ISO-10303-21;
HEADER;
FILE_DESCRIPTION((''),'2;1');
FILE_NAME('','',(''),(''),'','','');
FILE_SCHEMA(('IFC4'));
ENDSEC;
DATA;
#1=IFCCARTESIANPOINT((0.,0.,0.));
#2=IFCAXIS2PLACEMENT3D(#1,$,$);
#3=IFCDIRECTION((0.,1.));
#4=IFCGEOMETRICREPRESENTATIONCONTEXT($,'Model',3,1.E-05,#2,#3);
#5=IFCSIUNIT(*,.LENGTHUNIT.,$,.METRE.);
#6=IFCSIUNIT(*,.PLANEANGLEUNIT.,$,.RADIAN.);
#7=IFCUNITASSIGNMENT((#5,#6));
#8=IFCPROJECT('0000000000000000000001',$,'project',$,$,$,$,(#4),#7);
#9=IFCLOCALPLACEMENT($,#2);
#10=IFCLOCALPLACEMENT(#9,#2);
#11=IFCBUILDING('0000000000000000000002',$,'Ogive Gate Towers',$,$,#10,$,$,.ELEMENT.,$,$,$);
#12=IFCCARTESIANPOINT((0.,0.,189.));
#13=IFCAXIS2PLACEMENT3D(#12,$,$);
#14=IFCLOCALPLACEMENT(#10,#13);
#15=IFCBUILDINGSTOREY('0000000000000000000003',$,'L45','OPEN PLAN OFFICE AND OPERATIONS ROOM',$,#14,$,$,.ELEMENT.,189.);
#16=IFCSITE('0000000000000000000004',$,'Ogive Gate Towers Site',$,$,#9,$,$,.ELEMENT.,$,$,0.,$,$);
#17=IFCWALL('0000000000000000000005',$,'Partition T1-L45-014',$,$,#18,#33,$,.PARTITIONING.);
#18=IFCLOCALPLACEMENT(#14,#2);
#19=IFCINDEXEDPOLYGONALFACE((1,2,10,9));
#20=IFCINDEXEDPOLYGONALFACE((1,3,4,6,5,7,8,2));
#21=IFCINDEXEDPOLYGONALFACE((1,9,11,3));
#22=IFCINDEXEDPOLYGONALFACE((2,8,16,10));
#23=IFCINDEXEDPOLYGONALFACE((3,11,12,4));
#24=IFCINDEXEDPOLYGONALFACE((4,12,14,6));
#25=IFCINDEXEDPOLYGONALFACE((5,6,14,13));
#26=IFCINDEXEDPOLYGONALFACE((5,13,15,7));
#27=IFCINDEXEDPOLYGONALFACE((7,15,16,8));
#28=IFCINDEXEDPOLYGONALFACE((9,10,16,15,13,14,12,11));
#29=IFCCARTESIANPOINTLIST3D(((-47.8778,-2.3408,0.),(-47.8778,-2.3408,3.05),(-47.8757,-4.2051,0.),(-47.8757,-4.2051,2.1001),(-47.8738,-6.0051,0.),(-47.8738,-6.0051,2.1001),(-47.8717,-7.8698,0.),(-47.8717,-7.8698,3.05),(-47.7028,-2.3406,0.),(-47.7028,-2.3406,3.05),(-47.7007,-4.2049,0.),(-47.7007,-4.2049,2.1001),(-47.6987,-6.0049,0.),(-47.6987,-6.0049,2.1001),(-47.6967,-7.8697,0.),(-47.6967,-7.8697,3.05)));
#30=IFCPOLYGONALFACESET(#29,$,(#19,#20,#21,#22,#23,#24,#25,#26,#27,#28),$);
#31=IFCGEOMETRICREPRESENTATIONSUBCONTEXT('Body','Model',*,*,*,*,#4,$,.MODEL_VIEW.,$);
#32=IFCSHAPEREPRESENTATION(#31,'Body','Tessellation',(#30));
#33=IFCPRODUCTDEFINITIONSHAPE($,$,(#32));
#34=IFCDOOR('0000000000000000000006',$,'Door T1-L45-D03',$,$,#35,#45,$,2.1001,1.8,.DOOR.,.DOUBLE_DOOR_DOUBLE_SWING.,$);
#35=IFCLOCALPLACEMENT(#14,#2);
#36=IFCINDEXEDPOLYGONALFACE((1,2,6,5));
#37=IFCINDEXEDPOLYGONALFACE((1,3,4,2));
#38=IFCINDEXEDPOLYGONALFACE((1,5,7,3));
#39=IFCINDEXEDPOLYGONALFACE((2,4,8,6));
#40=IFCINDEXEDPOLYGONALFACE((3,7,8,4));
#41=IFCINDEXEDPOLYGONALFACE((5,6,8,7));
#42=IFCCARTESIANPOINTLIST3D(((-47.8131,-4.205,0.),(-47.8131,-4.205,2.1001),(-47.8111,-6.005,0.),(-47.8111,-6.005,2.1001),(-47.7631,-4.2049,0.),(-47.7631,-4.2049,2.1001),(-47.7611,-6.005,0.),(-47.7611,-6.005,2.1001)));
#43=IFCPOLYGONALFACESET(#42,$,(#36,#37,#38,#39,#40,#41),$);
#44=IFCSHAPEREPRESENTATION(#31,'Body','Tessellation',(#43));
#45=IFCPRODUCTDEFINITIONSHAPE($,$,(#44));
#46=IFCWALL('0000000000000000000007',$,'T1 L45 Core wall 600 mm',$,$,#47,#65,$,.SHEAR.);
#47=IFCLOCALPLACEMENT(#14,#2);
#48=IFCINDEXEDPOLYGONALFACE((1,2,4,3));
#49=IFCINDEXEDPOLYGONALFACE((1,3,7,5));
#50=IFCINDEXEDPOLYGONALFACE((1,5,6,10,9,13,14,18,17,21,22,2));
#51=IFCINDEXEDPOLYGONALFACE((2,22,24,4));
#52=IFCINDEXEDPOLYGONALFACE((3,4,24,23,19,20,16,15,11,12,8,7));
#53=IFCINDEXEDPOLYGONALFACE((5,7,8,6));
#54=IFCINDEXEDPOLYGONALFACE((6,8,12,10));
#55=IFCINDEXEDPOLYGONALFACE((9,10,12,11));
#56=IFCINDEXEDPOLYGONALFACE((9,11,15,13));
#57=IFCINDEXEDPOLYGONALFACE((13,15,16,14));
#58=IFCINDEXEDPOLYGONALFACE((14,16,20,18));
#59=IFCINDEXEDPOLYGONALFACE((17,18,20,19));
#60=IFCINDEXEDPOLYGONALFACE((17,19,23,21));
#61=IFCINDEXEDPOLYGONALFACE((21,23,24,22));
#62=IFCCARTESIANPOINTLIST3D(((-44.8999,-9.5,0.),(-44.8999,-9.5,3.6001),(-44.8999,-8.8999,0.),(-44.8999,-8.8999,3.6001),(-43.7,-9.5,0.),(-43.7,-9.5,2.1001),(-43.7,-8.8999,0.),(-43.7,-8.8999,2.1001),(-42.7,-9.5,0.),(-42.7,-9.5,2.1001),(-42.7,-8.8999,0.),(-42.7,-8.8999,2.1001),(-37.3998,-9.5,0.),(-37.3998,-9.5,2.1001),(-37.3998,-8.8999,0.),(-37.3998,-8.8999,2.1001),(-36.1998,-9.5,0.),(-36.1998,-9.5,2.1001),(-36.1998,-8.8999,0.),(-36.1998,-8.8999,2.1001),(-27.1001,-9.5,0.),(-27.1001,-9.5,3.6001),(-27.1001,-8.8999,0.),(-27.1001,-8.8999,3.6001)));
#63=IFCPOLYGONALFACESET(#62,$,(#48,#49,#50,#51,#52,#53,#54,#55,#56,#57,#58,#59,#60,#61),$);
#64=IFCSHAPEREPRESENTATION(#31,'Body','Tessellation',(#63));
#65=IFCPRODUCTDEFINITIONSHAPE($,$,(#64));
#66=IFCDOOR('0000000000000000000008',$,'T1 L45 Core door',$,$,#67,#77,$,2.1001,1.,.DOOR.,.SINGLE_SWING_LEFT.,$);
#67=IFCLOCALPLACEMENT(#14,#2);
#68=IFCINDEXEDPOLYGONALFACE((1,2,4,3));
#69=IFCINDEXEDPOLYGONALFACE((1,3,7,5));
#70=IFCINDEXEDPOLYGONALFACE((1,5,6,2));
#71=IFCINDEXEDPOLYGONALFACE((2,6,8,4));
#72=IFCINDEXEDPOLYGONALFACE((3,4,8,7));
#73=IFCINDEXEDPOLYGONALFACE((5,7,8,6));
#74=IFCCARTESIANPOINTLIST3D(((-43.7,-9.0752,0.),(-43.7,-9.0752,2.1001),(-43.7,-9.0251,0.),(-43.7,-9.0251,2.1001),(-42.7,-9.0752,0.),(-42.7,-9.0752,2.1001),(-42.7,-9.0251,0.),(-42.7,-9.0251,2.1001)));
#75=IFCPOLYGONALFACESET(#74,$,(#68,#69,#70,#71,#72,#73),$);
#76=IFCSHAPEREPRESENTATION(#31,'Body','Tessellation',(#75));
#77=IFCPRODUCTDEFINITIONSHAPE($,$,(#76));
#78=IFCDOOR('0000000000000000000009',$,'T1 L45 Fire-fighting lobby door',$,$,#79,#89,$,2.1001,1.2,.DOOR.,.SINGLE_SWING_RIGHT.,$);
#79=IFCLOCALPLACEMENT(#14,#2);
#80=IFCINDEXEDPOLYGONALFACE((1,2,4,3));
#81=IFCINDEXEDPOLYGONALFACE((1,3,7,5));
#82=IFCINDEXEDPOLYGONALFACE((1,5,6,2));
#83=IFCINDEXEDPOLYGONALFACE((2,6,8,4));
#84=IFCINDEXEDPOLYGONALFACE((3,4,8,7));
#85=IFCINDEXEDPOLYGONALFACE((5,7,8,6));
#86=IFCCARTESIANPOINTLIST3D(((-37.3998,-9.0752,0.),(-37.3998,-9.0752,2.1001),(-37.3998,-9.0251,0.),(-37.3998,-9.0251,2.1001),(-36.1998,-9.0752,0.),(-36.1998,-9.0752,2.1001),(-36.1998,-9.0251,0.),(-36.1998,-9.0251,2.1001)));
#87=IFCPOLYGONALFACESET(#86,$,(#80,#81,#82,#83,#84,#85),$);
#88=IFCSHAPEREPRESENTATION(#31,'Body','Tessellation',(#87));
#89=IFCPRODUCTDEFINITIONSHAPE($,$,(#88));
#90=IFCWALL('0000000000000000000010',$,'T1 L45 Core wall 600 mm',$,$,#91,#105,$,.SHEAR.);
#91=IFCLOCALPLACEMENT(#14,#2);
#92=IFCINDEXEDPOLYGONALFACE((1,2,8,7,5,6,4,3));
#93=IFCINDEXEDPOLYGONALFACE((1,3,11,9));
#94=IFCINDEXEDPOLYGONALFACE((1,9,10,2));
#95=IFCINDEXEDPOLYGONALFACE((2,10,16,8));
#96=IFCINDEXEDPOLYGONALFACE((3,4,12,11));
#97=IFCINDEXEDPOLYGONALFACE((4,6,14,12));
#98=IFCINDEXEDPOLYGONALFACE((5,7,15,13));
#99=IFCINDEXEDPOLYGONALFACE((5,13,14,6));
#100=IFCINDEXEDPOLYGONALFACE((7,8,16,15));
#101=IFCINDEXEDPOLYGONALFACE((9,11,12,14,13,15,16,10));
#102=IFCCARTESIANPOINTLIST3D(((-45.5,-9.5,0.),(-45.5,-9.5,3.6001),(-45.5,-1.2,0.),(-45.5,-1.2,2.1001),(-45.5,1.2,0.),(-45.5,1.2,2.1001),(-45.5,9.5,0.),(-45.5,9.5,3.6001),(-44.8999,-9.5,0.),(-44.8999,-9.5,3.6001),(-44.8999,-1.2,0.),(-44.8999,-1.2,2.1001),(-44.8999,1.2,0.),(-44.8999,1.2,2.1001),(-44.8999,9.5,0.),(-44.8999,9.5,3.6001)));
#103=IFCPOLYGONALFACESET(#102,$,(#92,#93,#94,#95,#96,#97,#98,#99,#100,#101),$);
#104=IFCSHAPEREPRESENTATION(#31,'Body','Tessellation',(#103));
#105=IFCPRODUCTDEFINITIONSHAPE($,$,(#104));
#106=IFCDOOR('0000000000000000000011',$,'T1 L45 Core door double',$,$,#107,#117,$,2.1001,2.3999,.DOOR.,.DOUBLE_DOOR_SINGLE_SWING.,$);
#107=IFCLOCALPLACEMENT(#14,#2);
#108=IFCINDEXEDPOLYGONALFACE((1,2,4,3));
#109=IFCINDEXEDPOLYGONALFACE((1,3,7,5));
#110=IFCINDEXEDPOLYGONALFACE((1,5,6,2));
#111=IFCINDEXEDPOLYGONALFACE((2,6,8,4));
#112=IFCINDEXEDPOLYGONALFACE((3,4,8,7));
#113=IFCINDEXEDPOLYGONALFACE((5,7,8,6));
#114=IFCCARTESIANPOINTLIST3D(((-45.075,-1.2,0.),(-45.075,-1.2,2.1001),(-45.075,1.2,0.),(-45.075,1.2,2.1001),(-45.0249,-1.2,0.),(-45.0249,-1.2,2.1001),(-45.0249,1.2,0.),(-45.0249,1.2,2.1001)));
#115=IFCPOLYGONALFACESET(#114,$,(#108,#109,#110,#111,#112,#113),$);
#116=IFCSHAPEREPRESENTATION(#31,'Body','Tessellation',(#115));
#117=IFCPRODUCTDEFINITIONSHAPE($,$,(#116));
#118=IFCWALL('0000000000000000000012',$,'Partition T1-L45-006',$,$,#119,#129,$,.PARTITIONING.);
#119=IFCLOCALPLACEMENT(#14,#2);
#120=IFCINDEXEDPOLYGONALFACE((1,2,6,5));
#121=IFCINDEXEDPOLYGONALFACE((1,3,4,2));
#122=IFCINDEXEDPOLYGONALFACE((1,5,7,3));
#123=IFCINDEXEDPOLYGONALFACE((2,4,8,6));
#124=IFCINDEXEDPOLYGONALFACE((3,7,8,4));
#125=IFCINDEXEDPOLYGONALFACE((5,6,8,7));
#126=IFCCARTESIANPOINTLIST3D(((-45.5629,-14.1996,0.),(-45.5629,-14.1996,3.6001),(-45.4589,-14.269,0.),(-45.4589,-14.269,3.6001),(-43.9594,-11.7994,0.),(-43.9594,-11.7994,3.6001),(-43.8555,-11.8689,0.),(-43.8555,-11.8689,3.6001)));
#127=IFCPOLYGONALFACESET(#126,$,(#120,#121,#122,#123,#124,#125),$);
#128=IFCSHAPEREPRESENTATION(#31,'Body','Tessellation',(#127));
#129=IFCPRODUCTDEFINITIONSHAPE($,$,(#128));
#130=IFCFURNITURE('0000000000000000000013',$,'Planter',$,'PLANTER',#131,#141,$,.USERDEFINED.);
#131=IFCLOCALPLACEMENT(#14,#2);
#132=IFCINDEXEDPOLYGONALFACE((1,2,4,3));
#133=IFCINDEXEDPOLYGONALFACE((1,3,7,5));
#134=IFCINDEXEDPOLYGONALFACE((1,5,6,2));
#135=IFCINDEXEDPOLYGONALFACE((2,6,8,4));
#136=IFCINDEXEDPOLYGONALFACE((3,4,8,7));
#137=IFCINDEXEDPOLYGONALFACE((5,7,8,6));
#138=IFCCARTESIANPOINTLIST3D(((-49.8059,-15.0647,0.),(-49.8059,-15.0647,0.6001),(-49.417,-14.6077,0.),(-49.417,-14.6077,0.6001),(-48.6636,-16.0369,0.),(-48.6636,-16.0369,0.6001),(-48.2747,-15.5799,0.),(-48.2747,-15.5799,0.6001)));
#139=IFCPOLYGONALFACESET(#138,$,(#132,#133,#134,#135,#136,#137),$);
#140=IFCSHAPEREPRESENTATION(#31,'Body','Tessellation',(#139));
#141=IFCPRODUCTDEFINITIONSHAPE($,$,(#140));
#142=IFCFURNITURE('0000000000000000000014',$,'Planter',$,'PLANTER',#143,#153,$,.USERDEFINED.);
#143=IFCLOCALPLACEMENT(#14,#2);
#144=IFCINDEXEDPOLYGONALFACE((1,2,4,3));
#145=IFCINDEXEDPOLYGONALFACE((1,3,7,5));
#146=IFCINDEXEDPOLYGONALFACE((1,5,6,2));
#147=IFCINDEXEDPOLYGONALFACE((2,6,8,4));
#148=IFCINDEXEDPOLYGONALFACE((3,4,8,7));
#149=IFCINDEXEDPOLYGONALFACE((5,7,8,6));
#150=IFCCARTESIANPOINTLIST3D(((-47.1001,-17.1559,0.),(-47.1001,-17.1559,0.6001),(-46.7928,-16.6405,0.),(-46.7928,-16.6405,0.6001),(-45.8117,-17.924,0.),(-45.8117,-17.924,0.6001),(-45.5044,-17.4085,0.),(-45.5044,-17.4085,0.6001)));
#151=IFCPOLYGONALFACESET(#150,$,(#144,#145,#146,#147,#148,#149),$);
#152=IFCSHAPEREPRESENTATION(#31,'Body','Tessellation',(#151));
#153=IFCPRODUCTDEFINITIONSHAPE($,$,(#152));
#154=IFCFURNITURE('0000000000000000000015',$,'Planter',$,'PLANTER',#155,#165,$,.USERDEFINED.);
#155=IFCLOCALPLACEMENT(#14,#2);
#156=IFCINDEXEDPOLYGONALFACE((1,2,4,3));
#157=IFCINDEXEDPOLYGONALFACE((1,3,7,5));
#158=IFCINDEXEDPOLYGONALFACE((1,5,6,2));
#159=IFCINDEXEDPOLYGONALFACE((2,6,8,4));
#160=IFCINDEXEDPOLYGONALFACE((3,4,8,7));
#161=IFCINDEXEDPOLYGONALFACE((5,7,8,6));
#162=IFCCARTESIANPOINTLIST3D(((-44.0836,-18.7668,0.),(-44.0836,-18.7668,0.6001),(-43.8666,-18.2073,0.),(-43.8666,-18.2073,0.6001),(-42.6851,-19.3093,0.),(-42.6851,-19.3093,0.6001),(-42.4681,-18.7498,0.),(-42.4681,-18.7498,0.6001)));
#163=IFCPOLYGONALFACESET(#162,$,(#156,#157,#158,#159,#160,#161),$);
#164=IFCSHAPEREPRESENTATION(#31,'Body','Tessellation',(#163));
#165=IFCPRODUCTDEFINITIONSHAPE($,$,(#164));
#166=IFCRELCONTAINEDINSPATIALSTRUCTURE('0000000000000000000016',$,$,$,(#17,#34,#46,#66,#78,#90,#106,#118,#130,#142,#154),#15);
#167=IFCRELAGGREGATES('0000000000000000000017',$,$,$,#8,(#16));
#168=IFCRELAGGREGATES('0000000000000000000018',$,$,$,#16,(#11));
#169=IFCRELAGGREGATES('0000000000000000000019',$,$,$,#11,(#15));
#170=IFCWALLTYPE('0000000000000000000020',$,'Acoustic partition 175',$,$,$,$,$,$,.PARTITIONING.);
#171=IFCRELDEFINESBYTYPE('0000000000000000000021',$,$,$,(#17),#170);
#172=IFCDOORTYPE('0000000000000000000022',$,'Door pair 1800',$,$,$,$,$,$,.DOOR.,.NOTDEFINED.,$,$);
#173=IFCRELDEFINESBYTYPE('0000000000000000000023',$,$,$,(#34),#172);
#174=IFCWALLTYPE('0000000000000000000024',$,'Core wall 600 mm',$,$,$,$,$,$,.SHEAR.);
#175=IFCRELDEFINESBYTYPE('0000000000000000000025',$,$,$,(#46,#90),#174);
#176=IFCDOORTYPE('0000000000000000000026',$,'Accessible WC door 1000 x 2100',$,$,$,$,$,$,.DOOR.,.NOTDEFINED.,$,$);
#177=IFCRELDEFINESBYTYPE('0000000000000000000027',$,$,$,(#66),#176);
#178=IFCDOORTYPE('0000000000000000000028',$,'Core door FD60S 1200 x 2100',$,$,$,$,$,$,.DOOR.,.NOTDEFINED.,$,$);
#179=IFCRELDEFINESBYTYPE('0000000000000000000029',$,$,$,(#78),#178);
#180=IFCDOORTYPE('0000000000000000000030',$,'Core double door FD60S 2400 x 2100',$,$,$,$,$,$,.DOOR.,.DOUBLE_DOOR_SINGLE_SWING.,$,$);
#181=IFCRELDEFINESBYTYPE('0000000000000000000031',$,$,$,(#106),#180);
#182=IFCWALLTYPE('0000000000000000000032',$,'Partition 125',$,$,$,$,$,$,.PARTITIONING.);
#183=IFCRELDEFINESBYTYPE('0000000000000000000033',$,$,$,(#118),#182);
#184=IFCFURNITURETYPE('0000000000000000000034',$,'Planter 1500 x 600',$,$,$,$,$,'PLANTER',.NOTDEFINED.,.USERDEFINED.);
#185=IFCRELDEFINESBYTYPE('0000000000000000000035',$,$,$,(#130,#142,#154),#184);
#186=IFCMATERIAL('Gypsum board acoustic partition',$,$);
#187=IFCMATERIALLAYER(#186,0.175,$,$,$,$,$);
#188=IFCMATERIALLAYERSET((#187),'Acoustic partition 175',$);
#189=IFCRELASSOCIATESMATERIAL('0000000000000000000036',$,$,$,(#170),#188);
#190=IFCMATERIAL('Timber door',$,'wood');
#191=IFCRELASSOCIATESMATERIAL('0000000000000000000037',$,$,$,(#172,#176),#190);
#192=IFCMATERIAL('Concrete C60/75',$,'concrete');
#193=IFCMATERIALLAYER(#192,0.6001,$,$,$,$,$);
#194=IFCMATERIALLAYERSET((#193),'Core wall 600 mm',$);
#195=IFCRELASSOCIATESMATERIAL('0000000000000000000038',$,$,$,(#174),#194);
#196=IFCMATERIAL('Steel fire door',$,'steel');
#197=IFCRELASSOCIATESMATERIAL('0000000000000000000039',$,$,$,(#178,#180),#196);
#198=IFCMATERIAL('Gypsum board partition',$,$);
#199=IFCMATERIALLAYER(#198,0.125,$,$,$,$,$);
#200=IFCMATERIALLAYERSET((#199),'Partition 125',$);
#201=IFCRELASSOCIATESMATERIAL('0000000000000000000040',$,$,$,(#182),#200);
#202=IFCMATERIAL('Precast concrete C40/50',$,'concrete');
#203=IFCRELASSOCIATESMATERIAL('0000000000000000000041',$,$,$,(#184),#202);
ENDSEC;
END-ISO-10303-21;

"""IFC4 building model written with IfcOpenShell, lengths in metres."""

from ifc_helpers import new_model, si_unit, direction, frame, frame_2d, origin, origin_2d, place, context, subcontext, project, spatial, rectangle, extrude, material, layer, layer_set, type_object, element, fill, save


model = new_model("IFC4")

# Units and contexts
model_context = context("Model", 3, precision=1e-05, world=origin(), true_north=direction((0.0, 1.0)))
body_context = subcontext(model_context, "Body", "Model", "MODEL_VIEW")
ifc_project = project(units=[si_unit("LENGTHUNIT", "METRE"), si_unit("PLANEANGLEUNIT", "RADIAN")], contexts=[model_context])

# Site, building, storey
site_placement = place(None, origin())
site = spatial("IfcSite", under=ifc_project, at=site_placement, Name="Ogive Gate Towers Site", CompositionType="ELEMENT", RefElevation=0.0)
building_placement = place(site_placement, origin())
building = spatial("IfcBuilding", under=site, at=building_placement, Name="Ogive Gate Towers", CompositionType="ELEMENT")
storey_placement = place(building_placement, frame((0.0, 0.0, 189.0)))
storey = spatial("IfcBuildingStorey", under=building, at=storey_placement, Name="L45", Description="OPEN PLAN OFFICE AND OPERATIONS ROOM", CompositionType="ELEMENT", Elevation=189.0)

# Wall, opening, door
ifc_material_1 = material(Name="Gypsum board acoustic partition")
ifc_layer_1 = layer(ifc_material_1, 0.175)
ifc_layer_set_1 = layer_set([ifc_layer_1], Name="Acoustic partition 175")
wall_type_1 = type_object("IfcWallType", Name="Acoustic partition 175", PredefinedType="PARTITIONING", material=ifc_layer_set_1)
wall_1_placement = place(storey_placement, frame((-47.7842, -7.8699, 0.0), z_axis=(0.0, 0.0, 1.0), x_axis=(-0.001104, 0.999999, 0.0)))
wall_1 = element("IfcWall", 1, at=wall_1_placement, inside=storey, type_object=wall_type_1, Name="Partition T1-L45-014", PredefinedType="PARTITIONING", context=body_context, shape_type="SweptSolid", body=[
    extrude(rectangle(XDim=5.5291, YDim=0.175, at=frame_2d((2.7646, 0.0))), origin(), (0.0, 0.0, 1.0), 3.05),
])
opening_1_placement = place(wall_1_placement, frame((1.865, 0.0, 0.0)))
opening_1 = element("IfcOpeningElement", 2, at=opening_1_placement, cuts=wall_1, PredefinedType="OPENING", context=body_context, shape_type="SweptSolid", body=[
    extrude(rectangle(XDim=1.8, YDim=2.1001, at=frame_2d((0.8999, 1.05))), frame((0.0, 0.0977, 0.0), z_axis=(0.0, -1.0, 0.0), x_axis=(1.0, 0.0, 0.0)), (0.0, 0.0, 1.0), 0.1951),
])
ifc_material_2 = material(Name="Timber door", Category="wood")
door_type_1 = type_object("IfcDoorType", Name="Door pair 1800", OperationType="NOTDEFINED", PredefinedType="DOOR", material=ifc_material_2)
door_1_placement = place(opening_1_placement, origin())
door_1 = element("IfcDoor", 3, at=door_1_placement, inside=storey, type_object=door_type_1, Name="Door T1-L45-D03", OperationType="DOUBLE_DOOR_DOUBLE_SWING", OverallHeight=2.1001, OverallWidth=1.8, PredefinedType="DOOR", context=body_context, shape_type="SweptSolid", body=[
    extrude(rectangle(XDim=1.8, YDim=2.1001, at=frame_2d((0.8999, 1.05))), frame((0.0, 0.0249, 0.0), z_axis=(0.0, -1.0, 0.0), x_axis=(1.0, 0.0, 0.0)), (0.0, 0.0, 1.0), 0.05),
])
fill(opening_1, door_1)

# Wall, openings, doors
ifc_material_3 = material(Name="Concrete C60/75", Category="concrete")
ifc_layer_2 = layer(ifc_material_3, 0.6001)
ifc_layer_set_2 = layer_set([ifc_layer_2], Name="Core wall 600 mm")
wall_type_2 = type_object("IfcWallType", Name="Core wall 600 mm", PredefinedType="SHEAR", material=ifc_layer_set_2)
wall_2_placement = place(storey_placement, frame((-44.8999, -9.2, 0.0), z_axis=(0.0, 0.0, 1.0), x_axis=(1.0, 0.0, 0.0)))
wall_2 = element("IfcWall", 4, at=wall_2_placement, inside=storey, type_object=wall_type_2, Name="T1 L45 Core wall 600 mm", PredefinedType="SHEAR", context=body_context, shape_type="SweptSolid", body=[
    extrude(rectangle(XDim=17.7998, YDim=0.6001, at=frame_2d((8.8999, 0.0))), origin(), (0.0, 0.0, 1.0), 3.6001),
])
opening_2_placement = place(wall_2_placement, frame((7.5, 0.0, 0.0)))
opening_2 = element("IfcOpeningElement", 5, at=opening_2_placement, cuts=wall_2, PredefinedType="OPENING", context=body_context, shape_type="SweptSolid", body=[
    extrude(rectangle(XDim=1.2, YDim=2.1001, at=frame_2d((0.6001, 1.05))), frame((0.0, 0.3101, 0.0), z_axis=(0.0, -1.0, 0.0), x_axis=(1.0, 0.0, 0.0)), (0.0, 0.0, 1.0), 0.6201),
])
opening_3_placement = place(wall_2_placement, frame((1.2, 0.0, 0.0)))
opening_3 = element("IfcOpeningElement", 6, at=opening_3_placement, cuts=wall_2, PredefinedType="OPENING", context=body_context, shape_type="SweptSolid", body=[
    extrude(rectangle(XDim=1.0, YDim=2.1001, at=frame_2d((0.5, 1.05))), frame((0.0, 0.3101, 0.0), z_axis=(0.0, -1.0, 0.0), x_axis=(1.0, 0.0, 0.0)), (0.0, 0.0, 1.0), 0.6201),
])
door_type_2 = type_object("IfcDoorType", Name="Accessible WC door 1000 x 2100", OperationType="NOTDEFINED", PredefinedType="DOOR", material=ifc_material_2)
door_2_placement = place(opening_3_placement, origin())
door_2 = element("IfcDoor", 7, at=door_2_placement, inside=storey, type_object=door_type_2, Name="T1 L45 Core door", OperationType="SINGLE_SWING_LEFT", OverallHeight=2.1001, OverallWidth=1.0, PredefinedType="DOOR", context=body_context, shape_type="SweptSolid", body=[
    extrude(rectangle(XDim=1.0, YDim=2.1001, at=frame_2d((0.5, 1.05))), frame((0.0, 0.1748, 0.0), z_axis=(0.0, -1.0, 0.0), x_axis=(1.0, 0.0, 0.0)), (0.0, 0.0, 1.0), 0.05),
])
fill(opening_3, door_2)
ifc_material_4 = material(Name="Steel fire door", Category="steel")
door_type_3 = type_object("IfcDoorType", Name="Core door FD60S 1200 x 2100", OperationType="NOTDEFINED", PredefinedType="DOOR", material=ifc_material_4)
door_3_placement = place(opening_2_placement, origin())
door_3 = element("IfcDoor", 8, at=door_3_placement, inside=storey, type_object=door_type_3, Name="T1 L45 Fire-fighting lobby door", OperationType="SINGLE_SWING_RIGHT", OverallHeight=2.1001, OverallWidth=1.2, PredefinedType="DOOR", context=body_context, shape_type="SweptSolid", body=[
    extrude(rectangle(XDim=1.2, YDim=2.1001, at=frame_2d((0.6001, 1.05))), frame((0.0, 0.1748, 0.0), z_axis=(0.0, -1.0, 0.0), x_axis=(1.0, 0.0, 0.0)), (0.0, 0.0, 1.0), 0.05),
])
fill(opening_2, door_3)

# Wall, opening, door
wall_3_placement = place(storey_placement, frame((-45.2, -9.5, 0.0), z_axis=(0.0, 0.0, 1.0), x_axis=(0.0, 1.0, 0.0)))
wall_3 = element("IfcWall", 9, at=wall_3_placement, inside=storey, type_object=wall_type_2, Name="T1 L45 Core wall 600 mm", PredefinedType="SHEAR", context=body_context, shape_type="SweptSolid", body=[
    extrude(rectangle(XDim=19.0, YDim=0.6001, at=frame_2d((9.5, 0.0))), origin(), (0.0, 0.0, 1.0), 3.6001),
])
opening_4_placement = place(wall_3_placement, frame((8.3, 0.0, 0.0)))
opening_4 = element("IfcOpeningElement", 10, at=opening_4_placement, cuts=wall_3, PredefinedType="OPENING", context=body_context, shape_type="SweptSolid", body=[
    extrude(rectangle(XDim=2.3999, YDim=2.1001, at=frame_2d((1.2, 1.05))), frame((0.0, 0.3101, 0.0), z_axis=(0.0, -1.0, 0.0), x_axis=(1.0, 0.0, 0.0)), (0.0, 0.0, 1.0), 0.6201),
])
door_type_4 = type_object("IfcDoorType", Name="Core double door FD60S 2400 x 2100", OperationType="DOUBLE_DOOR_SINGLE_SWING", PredefinedType="DOOR", material=ifc_material_4)
door_4_placement = place(opening_4_placement, origin())
door_4 = element("IfcDoor", 11, at=door_4_placement, inside=storey, type_object=door_type_4, Name="T1 L45 Core door double", OperationType="DOUBLE_DOOR_SINGLE_SWING", OverallHeight=2.1001, OverallWidth=2.3999, PredefinedType="DOOR", context=body_context, shape_type="SweptSolid", body=[
    extrude(rectangle(XDim=2.3999, YDim=2.1001, at=frame_2d((1.2, 1.05))), frame((0.0, -0.125, 0.0), z_axis=(0.0, -1.0, 0.0), x_axis=(1.0, 0.0, 0.0)), (0.0, 0.0, 1.0), 0.05),
])
fill(opening_4, door_4)

# Wall
ifc_material_5 = material(Name="Gypsum board partition")
ifc_layer_3 = layer(ifc_material_5, 0.125)
ifc_layer_set_3 = layer_set([ifc_layer_3], Name="Partition 125")
wall_type_3 = type_object("IfcWallType", Name="Partition 125", PredefinedType="PARTITIONING", material=ifc_layer_set_3)
wall_4_placement = place(storey_placement, frame((-45.511, -14.2344, 0.0), z_axis=(0.0, 0.0, 1.0), x_axis=(0.55552, 0.831503, 0.0)))
element("IfcWall", 12, at=wall_4_placement, inside=storey, type_object=wall_type_3, Name="Partition T1-L45-006", PredefinedType="PARTITIONING", context=body_context, shape_type="SweptSolid", body=[
    extrude(rectangle(XDim=2.8865, YDim=0.125, at=frame_2d((1.4434, 0.0))), origin(), (0.0, 0.0, 1.0), 3.6001),
])

# Furniture
ifc_material_6 = material(Name="Precast concrete C40/50", Category="concrete")
furniture_type = type_object("IfcFurnitureType", Name="Planter 1500 x 600", ElementType="PLANTER", AssemblyPlace="NOTDEFINED", PredefinedType="USERDEFINED", material=ifc_material_6)
for number, where, z_axis, x_axis, name in (
    (13, (-49.0403, -15.3223, 0.0), (0.0, 0.0, 1.0), (0.761538, -0.64812, 0.0), "Planter"),
    (14, (-46.3022, -17.2822, 0.0), (0.0, 0.0, 1.0), (0.85896, -0.512043, 0.0), "Planter"),
    (15, (-43.2759, -18.7583, 0.0), (0.0, 0.0, 1.0), (0.932324, -0.361625, 0.0), "Planter"),
):
    element("IfcFurniture", number, at=place(storey_placement, frame(where, z_axis=z_axis, x_axis=x_axis)), inside=storey, type_object=furniture_type, Name=name, ObjectType="PLANTER", PredefinedType="USERDEFINED", context=body_context, shape_type="SweptSolid", body=[
        extrude(rectangle(XDim=1.5, YDim=0.6001, at=origin_2d()), origin(), (0.0, 0.0, 1.0), 0.6001),
    ])

save(model, "model.ifc")
